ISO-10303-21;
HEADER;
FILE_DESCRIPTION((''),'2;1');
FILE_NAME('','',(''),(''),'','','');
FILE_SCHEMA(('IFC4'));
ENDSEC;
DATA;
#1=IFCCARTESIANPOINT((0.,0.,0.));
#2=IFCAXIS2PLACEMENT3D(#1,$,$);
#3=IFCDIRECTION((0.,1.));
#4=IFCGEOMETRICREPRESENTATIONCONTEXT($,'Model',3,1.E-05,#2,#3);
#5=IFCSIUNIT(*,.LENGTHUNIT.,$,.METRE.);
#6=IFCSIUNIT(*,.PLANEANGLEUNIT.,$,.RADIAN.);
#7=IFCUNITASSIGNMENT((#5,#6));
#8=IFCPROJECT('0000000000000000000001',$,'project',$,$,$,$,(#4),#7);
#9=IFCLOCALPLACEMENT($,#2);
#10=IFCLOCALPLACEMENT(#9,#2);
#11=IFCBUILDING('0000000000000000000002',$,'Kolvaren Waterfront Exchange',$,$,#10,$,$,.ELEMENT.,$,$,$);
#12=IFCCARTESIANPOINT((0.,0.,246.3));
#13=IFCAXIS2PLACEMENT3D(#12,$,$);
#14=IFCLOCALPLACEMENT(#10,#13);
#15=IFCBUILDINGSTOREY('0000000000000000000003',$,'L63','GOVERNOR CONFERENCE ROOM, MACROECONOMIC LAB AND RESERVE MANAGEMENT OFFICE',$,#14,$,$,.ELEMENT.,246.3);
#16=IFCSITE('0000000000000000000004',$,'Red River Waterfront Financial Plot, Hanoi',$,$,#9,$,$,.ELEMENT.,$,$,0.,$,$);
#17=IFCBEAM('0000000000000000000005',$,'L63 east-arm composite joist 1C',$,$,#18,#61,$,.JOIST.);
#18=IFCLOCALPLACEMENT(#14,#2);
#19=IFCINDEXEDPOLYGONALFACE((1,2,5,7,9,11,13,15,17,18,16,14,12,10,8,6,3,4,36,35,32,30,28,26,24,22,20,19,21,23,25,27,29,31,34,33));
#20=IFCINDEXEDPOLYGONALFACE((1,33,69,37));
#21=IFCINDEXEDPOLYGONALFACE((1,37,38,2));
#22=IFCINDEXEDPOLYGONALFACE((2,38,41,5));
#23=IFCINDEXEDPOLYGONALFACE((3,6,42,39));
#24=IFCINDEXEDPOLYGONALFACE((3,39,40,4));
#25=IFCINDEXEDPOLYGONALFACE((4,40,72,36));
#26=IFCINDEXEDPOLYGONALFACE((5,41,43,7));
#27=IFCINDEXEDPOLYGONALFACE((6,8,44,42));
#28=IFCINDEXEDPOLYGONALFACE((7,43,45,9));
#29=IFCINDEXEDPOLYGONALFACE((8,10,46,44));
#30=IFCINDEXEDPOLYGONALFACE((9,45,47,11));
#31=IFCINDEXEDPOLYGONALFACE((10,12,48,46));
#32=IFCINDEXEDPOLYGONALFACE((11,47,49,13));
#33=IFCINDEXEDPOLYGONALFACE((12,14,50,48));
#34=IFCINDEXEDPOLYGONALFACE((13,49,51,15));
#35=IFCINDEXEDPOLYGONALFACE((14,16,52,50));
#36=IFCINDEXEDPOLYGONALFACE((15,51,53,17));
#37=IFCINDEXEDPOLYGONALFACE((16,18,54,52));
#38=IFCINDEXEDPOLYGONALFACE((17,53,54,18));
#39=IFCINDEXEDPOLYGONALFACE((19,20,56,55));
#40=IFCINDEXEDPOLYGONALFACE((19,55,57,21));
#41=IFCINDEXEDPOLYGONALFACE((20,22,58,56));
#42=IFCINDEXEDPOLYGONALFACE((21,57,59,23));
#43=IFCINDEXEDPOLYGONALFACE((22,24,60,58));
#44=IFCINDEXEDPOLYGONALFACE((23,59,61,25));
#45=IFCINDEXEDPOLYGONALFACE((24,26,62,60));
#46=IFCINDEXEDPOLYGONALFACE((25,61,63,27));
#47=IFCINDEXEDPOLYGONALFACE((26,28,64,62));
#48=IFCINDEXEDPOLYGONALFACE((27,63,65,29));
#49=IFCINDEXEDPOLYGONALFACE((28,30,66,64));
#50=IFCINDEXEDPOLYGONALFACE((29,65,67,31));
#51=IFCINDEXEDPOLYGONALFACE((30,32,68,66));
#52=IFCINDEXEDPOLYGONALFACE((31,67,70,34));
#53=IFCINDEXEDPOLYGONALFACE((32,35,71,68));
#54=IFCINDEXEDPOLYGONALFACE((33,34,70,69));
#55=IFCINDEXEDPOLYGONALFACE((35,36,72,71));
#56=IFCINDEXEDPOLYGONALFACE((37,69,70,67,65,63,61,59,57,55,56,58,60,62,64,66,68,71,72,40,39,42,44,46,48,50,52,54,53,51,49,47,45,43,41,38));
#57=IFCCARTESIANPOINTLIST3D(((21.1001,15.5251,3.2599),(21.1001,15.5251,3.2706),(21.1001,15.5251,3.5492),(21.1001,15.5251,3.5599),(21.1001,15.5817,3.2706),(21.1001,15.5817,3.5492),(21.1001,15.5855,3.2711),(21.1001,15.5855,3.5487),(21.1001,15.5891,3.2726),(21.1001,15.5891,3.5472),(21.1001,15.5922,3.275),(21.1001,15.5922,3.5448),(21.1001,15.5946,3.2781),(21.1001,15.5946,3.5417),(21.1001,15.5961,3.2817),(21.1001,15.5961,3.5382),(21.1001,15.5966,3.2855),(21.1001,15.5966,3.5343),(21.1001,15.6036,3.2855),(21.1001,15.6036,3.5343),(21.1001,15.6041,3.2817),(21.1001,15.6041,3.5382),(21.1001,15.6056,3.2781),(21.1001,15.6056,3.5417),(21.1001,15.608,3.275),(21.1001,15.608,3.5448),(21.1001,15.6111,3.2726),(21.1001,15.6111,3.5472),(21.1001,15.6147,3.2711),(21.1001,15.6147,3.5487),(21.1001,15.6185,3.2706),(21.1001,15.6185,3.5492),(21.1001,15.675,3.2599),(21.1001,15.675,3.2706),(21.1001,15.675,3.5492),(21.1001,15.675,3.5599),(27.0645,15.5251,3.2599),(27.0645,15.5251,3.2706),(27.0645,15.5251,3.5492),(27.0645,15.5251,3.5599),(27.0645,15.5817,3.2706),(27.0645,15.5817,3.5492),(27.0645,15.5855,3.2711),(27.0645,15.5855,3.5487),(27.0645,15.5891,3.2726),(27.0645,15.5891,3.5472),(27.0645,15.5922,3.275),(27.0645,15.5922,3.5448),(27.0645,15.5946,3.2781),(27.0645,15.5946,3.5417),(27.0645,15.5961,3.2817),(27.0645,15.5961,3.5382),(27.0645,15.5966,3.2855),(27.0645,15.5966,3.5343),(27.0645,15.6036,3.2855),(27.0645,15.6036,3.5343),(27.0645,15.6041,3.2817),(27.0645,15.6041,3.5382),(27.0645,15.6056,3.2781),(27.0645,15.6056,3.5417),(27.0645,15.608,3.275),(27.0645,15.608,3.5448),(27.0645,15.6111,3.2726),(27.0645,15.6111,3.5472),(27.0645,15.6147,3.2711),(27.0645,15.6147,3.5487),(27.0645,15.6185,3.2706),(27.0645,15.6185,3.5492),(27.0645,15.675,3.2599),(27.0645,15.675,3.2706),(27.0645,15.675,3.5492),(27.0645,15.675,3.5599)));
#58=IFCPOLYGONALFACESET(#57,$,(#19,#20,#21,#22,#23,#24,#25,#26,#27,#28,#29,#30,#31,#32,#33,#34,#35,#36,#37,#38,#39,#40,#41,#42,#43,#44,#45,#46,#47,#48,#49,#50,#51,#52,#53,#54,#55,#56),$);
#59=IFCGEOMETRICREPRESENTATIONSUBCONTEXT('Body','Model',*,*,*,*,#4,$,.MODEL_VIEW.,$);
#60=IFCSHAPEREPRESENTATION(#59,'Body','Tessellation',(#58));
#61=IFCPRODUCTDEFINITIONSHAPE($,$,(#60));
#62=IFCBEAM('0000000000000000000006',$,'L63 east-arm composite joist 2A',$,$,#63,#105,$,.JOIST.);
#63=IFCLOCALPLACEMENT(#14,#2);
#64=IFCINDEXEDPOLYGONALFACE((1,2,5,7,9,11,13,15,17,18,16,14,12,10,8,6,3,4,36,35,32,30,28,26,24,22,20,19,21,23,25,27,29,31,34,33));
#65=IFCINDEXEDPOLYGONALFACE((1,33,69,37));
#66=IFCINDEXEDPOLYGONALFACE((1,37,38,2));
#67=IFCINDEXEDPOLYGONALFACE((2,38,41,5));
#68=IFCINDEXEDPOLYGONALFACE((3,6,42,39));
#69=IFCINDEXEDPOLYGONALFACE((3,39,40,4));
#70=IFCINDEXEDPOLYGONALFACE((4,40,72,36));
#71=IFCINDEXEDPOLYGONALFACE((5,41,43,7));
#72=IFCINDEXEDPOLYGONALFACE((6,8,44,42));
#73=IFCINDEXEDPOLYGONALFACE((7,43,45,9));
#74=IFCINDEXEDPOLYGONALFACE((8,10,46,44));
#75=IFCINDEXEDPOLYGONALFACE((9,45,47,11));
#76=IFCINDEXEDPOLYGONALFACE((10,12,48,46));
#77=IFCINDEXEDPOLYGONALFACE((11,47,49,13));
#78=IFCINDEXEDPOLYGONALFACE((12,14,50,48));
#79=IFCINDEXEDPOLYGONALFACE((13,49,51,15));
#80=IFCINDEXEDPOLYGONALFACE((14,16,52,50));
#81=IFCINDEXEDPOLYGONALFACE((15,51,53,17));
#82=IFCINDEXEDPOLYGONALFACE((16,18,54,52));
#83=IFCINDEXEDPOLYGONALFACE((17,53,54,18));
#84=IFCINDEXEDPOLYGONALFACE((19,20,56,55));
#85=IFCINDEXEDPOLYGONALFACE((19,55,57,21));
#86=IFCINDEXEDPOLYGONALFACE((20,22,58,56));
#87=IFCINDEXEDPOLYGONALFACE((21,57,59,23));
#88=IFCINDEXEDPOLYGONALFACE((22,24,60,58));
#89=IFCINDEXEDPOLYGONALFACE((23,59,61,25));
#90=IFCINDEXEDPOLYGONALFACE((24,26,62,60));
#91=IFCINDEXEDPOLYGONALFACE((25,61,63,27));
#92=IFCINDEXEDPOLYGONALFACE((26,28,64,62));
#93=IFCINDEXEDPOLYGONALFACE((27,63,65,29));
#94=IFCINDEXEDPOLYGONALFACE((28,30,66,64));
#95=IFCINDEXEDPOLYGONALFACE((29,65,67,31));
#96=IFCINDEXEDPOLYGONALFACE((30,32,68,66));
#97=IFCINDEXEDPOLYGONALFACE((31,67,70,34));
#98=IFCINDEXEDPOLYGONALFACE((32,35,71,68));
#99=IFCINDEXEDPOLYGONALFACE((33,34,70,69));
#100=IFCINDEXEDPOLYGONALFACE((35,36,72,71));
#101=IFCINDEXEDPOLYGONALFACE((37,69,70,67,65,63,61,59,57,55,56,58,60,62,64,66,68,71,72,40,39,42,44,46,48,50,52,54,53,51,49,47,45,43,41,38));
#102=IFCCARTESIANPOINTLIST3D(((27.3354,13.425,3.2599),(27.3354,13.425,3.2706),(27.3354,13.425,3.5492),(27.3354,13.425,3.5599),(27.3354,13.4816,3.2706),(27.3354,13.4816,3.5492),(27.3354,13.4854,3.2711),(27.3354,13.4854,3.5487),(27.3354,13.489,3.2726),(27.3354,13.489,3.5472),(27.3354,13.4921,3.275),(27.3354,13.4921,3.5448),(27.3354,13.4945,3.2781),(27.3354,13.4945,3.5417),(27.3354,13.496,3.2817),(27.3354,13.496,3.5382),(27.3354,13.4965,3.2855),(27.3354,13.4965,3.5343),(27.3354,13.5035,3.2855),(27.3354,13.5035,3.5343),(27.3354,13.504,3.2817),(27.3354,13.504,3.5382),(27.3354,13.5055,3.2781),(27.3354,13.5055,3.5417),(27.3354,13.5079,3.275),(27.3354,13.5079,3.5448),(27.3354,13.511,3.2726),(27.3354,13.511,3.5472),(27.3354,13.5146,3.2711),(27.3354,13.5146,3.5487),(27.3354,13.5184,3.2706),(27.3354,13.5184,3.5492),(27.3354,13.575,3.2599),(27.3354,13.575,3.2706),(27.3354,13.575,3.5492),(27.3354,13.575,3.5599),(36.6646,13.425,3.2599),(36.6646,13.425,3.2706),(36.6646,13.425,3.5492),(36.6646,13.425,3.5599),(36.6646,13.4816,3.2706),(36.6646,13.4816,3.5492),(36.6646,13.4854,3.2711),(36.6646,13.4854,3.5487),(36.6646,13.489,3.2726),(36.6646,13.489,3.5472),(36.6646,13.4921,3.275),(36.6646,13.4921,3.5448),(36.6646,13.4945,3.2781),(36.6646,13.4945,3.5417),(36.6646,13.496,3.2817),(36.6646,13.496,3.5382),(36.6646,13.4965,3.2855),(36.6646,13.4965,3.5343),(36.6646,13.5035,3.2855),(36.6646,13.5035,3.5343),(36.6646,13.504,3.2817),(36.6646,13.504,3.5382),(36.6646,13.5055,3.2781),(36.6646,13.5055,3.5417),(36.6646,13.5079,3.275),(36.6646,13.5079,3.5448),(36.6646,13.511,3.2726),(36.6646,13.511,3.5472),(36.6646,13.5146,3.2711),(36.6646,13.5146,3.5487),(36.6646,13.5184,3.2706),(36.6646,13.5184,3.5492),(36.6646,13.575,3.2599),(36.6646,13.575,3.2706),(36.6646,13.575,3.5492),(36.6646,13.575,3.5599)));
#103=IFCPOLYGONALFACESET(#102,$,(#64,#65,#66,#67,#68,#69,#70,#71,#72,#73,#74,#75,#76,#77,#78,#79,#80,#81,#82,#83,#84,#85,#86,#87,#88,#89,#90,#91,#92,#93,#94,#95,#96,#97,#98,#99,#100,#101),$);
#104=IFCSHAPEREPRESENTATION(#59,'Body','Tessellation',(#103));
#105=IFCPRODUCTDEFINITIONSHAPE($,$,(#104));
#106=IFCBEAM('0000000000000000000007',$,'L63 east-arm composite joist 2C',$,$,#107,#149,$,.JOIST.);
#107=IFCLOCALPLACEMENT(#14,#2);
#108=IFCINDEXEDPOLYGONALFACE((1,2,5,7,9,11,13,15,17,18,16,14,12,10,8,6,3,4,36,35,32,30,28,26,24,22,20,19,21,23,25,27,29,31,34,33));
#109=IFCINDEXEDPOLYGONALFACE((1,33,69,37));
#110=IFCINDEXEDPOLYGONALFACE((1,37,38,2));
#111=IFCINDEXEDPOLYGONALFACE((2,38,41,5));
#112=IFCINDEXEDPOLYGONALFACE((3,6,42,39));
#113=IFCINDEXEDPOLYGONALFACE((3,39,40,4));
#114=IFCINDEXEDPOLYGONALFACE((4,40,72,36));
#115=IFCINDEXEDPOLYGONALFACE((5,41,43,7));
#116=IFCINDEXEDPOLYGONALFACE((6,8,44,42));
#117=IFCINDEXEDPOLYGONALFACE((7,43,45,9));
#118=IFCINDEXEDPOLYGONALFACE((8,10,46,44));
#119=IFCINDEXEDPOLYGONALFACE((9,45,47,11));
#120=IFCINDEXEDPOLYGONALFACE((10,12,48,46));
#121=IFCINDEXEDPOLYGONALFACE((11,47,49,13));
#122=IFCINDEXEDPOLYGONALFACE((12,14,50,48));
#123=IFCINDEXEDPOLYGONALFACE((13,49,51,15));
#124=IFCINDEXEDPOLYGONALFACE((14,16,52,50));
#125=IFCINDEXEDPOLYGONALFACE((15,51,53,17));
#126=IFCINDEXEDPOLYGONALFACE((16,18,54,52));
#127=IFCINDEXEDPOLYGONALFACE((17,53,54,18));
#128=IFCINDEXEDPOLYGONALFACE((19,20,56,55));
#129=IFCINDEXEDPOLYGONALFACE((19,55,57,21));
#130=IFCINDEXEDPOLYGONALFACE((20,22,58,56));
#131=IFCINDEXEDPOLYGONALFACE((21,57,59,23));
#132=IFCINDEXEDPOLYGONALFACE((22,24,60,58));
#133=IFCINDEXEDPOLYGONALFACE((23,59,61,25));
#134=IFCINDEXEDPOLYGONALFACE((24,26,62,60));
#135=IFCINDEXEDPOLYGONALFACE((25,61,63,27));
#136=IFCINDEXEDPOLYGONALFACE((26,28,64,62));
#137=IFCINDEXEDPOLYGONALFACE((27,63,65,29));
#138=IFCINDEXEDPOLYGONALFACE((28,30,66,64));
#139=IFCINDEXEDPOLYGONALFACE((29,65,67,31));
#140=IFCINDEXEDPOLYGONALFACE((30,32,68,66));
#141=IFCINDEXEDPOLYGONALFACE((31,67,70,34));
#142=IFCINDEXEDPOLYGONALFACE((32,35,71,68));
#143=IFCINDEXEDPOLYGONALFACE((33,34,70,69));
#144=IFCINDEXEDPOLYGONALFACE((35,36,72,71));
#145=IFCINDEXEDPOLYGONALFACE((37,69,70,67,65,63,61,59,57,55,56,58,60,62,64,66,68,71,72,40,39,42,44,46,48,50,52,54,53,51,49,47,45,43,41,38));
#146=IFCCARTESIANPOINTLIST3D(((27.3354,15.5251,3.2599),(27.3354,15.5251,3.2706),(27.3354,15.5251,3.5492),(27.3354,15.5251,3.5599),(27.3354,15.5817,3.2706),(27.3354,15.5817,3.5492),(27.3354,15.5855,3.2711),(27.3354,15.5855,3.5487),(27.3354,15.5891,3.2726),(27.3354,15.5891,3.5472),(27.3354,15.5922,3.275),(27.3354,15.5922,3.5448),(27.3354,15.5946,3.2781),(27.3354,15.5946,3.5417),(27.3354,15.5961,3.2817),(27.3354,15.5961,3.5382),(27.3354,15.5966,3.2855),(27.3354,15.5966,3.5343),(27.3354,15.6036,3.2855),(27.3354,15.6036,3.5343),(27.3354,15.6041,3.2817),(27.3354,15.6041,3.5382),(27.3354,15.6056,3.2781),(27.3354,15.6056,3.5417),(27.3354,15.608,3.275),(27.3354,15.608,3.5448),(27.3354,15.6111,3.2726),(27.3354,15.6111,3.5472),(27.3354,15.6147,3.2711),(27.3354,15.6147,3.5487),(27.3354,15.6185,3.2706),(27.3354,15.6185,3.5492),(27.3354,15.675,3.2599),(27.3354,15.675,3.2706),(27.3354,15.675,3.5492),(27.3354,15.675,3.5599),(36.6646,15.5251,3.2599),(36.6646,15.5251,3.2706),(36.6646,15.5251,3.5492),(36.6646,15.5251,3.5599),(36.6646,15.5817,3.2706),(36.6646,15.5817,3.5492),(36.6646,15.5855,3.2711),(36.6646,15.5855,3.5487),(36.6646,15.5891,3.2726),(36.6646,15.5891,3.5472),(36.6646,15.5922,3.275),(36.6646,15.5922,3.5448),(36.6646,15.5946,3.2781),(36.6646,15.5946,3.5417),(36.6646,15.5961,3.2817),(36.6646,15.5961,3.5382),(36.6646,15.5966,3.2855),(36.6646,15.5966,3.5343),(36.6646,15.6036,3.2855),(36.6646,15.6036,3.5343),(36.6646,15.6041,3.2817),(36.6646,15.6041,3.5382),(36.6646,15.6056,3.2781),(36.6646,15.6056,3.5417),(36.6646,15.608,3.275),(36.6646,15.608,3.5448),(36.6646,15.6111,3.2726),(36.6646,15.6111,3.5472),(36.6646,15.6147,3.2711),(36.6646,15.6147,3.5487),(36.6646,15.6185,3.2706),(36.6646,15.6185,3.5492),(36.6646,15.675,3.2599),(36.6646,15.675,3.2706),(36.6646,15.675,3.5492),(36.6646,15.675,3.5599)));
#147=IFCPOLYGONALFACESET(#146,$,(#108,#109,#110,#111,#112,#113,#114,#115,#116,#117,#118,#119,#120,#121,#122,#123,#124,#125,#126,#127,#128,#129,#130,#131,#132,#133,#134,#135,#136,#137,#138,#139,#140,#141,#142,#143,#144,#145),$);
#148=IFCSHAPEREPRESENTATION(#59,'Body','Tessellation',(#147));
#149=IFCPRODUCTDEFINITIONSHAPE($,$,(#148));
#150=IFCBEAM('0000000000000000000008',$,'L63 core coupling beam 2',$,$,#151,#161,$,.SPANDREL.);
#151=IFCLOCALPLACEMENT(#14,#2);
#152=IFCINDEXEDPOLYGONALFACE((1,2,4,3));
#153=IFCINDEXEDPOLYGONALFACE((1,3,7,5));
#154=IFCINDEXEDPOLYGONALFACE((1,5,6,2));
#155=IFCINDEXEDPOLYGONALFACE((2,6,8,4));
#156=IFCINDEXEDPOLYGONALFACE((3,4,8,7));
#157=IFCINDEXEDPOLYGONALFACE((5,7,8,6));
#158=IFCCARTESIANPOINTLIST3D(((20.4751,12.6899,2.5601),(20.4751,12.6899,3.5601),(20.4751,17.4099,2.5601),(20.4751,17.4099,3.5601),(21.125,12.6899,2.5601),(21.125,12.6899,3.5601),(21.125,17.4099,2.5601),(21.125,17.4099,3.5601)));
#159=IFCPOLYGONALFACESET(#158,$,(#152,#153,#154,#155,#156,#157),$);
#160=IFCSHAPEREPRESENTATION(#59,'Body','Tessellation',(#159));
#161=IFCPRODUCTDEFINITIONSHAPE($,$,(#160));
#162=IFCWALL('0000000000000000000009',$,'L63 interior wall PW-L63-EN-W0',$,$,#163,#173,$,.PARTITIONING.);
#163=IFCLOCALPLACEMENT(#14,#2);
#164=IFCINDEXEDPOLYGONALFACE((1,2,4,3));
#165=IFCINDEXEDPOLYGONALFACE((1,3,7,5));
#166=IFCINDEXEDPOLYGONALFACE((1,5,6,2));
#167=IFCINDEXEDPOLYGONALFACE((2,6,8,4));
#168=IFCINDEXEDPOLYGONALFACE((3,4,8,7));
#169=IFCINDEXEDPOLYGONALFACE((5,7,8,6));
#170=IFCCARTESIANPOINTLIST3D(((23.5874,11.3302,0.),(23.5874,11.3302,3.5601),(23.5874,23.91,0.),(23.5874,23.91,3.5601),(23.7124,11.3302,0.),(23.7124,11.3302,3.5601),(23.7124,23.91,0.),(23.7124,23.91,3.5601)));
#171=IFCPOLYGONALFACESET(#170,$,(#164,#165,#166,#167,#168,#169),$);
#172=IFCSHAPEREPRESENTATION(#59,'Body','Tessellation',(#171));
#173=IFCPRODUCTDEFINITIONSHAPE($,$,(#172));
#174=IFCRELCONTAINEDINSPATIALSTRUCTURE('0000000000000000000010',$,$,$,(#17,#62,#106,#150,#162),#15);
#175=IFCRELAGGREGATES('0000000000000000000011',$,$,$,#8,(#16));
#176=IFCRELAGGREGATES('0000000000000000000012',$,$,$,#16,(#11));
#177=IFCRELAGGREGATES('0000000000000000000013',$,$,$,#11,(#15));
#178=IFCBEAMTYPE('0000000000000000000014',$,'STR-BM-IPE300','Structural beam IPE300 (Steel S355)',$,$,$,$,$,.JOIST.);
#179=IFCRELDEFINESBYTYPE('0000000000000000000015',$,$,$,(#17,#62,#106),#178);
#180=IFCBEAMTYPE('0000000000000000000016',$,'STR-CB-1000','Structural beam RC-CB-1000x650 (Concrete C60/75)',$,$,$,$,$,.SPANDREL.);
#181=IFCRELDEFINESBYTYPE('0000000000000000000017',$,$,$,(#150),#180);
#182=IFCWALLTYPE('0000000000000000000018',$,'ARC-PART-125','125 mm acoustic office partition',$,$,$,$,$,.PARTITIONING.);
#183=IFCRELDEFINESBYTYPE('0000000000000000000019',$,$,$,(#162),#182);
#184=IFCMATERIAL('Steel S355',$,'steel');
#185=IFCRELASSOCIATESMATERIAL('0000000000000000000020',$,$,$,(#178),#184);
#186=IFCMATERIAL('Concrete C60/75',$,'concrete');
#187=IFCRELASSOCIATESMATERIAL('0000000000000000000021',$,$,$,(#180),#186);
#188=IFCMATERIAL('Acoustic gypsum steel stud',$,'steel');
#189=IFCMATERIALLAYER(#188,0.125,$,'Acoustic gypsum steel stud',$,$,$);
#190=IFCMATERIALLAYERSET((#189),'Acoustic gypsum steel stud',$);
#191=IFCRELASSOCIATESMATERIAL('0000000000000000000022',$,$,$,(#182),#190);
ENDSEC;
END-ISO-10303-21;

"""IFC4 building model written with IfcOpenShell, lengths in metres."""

from ifc_helpers import new_model, si_unit, direction, frame, frame_2d, origin, origin_2d, place, context, subcontext, project, spatial, rectangle, i_section, extrude, material, layer, layer_set, material_profile, profile_set, type_object, element, save


model = new_model("IFC4")

# Units and contexts
model_context = context("Model", 3, precision=1e-05, world=origin(), true_north=direction((0.0, 1.0)))
body_context = subcontext(model_context, "Body", "Model", "MODEL_VIEW")
ifc_project = project(units=[si_unit("LENGTHUNIT", "METRE"), si_unit("PLANEANGLEUNIT", "RADIAN")], contexts=[model_context])

# Site, building, storey
site_placement = place(None, origin())
site = spatial("IfcSite", under=ifc_project, at=site_placement, Name="Red River Waterfront Financial Plot, Hanoi", CompositionType="ELEMENT", RefElevation=0.0)
building_placement = place(site_placement, origin())
building = spatial("IfcBuilding", under=site, at=building_placement, Name="Kolvaren Waterfront Exchange", CompositionType="ELEMENT")
storey_placement = place(building_placement, frame((0.0, 0.0, 246.3)))
storey = spatial("IfcBuildingStorey", under=building, at=storey_placement, Name="L63", Description="GOVERNOR CONFERENCE ROOM, MACROECONOMIC LAB AND RESERVE MANAGEMENT OFFICE", CompositionType="ELEMENT", Elevation=246.3)

# Beams
ifc_material_1 = material(Name="Steel S355", Category="steel")
ifc_material_profile_1 = material_profile(ifc_material_1, i_section(OverallWidth=0.1499, OverallDepth=0.3, WebThickness=0.0071, FlangeThickness=0.0107, FilletRadius=0.0149, at=origin_2d()), Name="IPE300")
ifc_profile_set_1 = profile_set([ifc_material_profile_1], Name="Steel S355")
beam_type_1 = type_object("IfcBeamType", Name="STR-BM-IPE300", Description="Structural beam IPE300 (Steel S355)", PredefinedType="JOIST", material=ifc_profile_set_1)
for number, where, z_axis, x_axis, name in (
    (1, (21.1001, 15.6001, 3.4099), (1.0, 0.0, 0.0), (0.0, 1.0, 0.0), "L63 east-arm composite joist 1C"),
):
    element("IfcBeam", number, at=place(storey_placement, frame(where, z_axis=z_axis, x_axis=x_axis)), inside=storey, type_object=beam_type_1, Name=name, PredefinedType="JOIST", context=body_context, shape_type="SweptSolid", body=[
        extrude(i_section(OverallWidth=0.1499, OverallDepth=0.3, WebThickness=0.0071, FlangeThickness=0.0107, FilletRadius=0.0149, at=origin_2d()), origin(), (0.0, 0.0, 1.0), 5.9644),
    ])
for number, where, z_axis, x_axis, name in (
    (2, (27.3354, 13.5, 3.4099), (1.0, 0.0, 0.0), (0.0, 1.0, 0.0), "L63 east-arm composite joist 2A"),
    (3, (27.3354, 15.6001, 3.4099), (1.0, 0.0, 0.0), (0.0, 1.0, 0.0), "L63 east-arm composite joist 2C"),
):
    element("IfcBeam", number, at=place(storey_placement, frame(where, z_axis=z_axis, x_axis=x_axis)), inside=storey, type_object=beam_type_1, Name=name, PredefinedType="JOIST", context=body_context, shape_type="SweptSolid", body=[
        extrude(i_section(OverallWidth=0.1499, OverallDepth=0.3, WebThickness=0.0071, FlangeThickness=0.0107, FilletRadius=0.0149, at=origin_2d()), origin(), (0.0, 0.0, 1.0), 9.3291),
    ])
ifc_material_2 = material(Name="Concrete C60/75", Category="concrete")
ifc_material_profile_2 = material_profile(ifc_material_2, rectangle(XDim=0.6499, YDim=1.0, at=origin_2d()), Name="RC-CB-1000x650")
ifc_profile_set_2 = profile_set([ifc_material_profile_2], Name="Concrete C60/75")
beam_type_2 = type_object("IfcBeamType", Name="STR-CB-1000", Description="Structural beam RC-CB-1000x650 (Concrete C60/75)", PredefinedType="SPANDREL", material=ifc_profile_set_2)
beam_1_placement = place(storey_placement, frame((20.8, 12.6899, 3.0601), z_axis=(0.0, 1.0, 0.0), x_axis=(-1.0, 0.0, 0.0)))
element("IfcBeam", 4, at=beam_1_placement, inside=storey, type_object=beam_type_2, Name="L63 core coupling beam 2", PredefinedType="SPANDREL", context=body_context, shape_type="SweptSolid", body=[
    extrude(rectangle(XDim=0.6499, YDim=1.0, at=origin_2d()), origin(), (0.0, 0.0, 1.0), 4.72),
])

# Wall
ifc_material_3 = material(Name="Acoustic gypsum steel stud", Category="steel")
ifc_layer_1 = layer(ifc_material_3, 0.125, Name="Acoustic gypsum steel stud")
ifc_layer_set_1 = layer_set([ifc_layer_1], Name="Acoustic gypsum steel stud")
wall_type_1 = type_object("IfcWallType", Name="ARC-PART-125", Description="125 mm acoustic office partition", PredefinedType="PARTITIONING", material=ifc_layer_set_1)
wall_1_placement = place(storey_placement, frame((23.6499, 11.3301, 0.0), z_axis=(0.0, 0.0, 1.0), x_axis=(0.0, 1.0, 0.0)))
element("IfcWall", 5, at=wall_1_placement, inside=storey, type_object=wall_type_1, Name="L63 interior wall PW-L63-EN-W0", PredefinedType="PARTITIONING", context=body_context, shape_type="SweptSolid", body=[
    extrude(rectangle(XDim=12.5798, YDim=0.125, at=frame_2d((6.29, 0.0))), origin(), (0.0, 0.0, 1.0), 3.5601),
])

save(model, "model.ifc")
